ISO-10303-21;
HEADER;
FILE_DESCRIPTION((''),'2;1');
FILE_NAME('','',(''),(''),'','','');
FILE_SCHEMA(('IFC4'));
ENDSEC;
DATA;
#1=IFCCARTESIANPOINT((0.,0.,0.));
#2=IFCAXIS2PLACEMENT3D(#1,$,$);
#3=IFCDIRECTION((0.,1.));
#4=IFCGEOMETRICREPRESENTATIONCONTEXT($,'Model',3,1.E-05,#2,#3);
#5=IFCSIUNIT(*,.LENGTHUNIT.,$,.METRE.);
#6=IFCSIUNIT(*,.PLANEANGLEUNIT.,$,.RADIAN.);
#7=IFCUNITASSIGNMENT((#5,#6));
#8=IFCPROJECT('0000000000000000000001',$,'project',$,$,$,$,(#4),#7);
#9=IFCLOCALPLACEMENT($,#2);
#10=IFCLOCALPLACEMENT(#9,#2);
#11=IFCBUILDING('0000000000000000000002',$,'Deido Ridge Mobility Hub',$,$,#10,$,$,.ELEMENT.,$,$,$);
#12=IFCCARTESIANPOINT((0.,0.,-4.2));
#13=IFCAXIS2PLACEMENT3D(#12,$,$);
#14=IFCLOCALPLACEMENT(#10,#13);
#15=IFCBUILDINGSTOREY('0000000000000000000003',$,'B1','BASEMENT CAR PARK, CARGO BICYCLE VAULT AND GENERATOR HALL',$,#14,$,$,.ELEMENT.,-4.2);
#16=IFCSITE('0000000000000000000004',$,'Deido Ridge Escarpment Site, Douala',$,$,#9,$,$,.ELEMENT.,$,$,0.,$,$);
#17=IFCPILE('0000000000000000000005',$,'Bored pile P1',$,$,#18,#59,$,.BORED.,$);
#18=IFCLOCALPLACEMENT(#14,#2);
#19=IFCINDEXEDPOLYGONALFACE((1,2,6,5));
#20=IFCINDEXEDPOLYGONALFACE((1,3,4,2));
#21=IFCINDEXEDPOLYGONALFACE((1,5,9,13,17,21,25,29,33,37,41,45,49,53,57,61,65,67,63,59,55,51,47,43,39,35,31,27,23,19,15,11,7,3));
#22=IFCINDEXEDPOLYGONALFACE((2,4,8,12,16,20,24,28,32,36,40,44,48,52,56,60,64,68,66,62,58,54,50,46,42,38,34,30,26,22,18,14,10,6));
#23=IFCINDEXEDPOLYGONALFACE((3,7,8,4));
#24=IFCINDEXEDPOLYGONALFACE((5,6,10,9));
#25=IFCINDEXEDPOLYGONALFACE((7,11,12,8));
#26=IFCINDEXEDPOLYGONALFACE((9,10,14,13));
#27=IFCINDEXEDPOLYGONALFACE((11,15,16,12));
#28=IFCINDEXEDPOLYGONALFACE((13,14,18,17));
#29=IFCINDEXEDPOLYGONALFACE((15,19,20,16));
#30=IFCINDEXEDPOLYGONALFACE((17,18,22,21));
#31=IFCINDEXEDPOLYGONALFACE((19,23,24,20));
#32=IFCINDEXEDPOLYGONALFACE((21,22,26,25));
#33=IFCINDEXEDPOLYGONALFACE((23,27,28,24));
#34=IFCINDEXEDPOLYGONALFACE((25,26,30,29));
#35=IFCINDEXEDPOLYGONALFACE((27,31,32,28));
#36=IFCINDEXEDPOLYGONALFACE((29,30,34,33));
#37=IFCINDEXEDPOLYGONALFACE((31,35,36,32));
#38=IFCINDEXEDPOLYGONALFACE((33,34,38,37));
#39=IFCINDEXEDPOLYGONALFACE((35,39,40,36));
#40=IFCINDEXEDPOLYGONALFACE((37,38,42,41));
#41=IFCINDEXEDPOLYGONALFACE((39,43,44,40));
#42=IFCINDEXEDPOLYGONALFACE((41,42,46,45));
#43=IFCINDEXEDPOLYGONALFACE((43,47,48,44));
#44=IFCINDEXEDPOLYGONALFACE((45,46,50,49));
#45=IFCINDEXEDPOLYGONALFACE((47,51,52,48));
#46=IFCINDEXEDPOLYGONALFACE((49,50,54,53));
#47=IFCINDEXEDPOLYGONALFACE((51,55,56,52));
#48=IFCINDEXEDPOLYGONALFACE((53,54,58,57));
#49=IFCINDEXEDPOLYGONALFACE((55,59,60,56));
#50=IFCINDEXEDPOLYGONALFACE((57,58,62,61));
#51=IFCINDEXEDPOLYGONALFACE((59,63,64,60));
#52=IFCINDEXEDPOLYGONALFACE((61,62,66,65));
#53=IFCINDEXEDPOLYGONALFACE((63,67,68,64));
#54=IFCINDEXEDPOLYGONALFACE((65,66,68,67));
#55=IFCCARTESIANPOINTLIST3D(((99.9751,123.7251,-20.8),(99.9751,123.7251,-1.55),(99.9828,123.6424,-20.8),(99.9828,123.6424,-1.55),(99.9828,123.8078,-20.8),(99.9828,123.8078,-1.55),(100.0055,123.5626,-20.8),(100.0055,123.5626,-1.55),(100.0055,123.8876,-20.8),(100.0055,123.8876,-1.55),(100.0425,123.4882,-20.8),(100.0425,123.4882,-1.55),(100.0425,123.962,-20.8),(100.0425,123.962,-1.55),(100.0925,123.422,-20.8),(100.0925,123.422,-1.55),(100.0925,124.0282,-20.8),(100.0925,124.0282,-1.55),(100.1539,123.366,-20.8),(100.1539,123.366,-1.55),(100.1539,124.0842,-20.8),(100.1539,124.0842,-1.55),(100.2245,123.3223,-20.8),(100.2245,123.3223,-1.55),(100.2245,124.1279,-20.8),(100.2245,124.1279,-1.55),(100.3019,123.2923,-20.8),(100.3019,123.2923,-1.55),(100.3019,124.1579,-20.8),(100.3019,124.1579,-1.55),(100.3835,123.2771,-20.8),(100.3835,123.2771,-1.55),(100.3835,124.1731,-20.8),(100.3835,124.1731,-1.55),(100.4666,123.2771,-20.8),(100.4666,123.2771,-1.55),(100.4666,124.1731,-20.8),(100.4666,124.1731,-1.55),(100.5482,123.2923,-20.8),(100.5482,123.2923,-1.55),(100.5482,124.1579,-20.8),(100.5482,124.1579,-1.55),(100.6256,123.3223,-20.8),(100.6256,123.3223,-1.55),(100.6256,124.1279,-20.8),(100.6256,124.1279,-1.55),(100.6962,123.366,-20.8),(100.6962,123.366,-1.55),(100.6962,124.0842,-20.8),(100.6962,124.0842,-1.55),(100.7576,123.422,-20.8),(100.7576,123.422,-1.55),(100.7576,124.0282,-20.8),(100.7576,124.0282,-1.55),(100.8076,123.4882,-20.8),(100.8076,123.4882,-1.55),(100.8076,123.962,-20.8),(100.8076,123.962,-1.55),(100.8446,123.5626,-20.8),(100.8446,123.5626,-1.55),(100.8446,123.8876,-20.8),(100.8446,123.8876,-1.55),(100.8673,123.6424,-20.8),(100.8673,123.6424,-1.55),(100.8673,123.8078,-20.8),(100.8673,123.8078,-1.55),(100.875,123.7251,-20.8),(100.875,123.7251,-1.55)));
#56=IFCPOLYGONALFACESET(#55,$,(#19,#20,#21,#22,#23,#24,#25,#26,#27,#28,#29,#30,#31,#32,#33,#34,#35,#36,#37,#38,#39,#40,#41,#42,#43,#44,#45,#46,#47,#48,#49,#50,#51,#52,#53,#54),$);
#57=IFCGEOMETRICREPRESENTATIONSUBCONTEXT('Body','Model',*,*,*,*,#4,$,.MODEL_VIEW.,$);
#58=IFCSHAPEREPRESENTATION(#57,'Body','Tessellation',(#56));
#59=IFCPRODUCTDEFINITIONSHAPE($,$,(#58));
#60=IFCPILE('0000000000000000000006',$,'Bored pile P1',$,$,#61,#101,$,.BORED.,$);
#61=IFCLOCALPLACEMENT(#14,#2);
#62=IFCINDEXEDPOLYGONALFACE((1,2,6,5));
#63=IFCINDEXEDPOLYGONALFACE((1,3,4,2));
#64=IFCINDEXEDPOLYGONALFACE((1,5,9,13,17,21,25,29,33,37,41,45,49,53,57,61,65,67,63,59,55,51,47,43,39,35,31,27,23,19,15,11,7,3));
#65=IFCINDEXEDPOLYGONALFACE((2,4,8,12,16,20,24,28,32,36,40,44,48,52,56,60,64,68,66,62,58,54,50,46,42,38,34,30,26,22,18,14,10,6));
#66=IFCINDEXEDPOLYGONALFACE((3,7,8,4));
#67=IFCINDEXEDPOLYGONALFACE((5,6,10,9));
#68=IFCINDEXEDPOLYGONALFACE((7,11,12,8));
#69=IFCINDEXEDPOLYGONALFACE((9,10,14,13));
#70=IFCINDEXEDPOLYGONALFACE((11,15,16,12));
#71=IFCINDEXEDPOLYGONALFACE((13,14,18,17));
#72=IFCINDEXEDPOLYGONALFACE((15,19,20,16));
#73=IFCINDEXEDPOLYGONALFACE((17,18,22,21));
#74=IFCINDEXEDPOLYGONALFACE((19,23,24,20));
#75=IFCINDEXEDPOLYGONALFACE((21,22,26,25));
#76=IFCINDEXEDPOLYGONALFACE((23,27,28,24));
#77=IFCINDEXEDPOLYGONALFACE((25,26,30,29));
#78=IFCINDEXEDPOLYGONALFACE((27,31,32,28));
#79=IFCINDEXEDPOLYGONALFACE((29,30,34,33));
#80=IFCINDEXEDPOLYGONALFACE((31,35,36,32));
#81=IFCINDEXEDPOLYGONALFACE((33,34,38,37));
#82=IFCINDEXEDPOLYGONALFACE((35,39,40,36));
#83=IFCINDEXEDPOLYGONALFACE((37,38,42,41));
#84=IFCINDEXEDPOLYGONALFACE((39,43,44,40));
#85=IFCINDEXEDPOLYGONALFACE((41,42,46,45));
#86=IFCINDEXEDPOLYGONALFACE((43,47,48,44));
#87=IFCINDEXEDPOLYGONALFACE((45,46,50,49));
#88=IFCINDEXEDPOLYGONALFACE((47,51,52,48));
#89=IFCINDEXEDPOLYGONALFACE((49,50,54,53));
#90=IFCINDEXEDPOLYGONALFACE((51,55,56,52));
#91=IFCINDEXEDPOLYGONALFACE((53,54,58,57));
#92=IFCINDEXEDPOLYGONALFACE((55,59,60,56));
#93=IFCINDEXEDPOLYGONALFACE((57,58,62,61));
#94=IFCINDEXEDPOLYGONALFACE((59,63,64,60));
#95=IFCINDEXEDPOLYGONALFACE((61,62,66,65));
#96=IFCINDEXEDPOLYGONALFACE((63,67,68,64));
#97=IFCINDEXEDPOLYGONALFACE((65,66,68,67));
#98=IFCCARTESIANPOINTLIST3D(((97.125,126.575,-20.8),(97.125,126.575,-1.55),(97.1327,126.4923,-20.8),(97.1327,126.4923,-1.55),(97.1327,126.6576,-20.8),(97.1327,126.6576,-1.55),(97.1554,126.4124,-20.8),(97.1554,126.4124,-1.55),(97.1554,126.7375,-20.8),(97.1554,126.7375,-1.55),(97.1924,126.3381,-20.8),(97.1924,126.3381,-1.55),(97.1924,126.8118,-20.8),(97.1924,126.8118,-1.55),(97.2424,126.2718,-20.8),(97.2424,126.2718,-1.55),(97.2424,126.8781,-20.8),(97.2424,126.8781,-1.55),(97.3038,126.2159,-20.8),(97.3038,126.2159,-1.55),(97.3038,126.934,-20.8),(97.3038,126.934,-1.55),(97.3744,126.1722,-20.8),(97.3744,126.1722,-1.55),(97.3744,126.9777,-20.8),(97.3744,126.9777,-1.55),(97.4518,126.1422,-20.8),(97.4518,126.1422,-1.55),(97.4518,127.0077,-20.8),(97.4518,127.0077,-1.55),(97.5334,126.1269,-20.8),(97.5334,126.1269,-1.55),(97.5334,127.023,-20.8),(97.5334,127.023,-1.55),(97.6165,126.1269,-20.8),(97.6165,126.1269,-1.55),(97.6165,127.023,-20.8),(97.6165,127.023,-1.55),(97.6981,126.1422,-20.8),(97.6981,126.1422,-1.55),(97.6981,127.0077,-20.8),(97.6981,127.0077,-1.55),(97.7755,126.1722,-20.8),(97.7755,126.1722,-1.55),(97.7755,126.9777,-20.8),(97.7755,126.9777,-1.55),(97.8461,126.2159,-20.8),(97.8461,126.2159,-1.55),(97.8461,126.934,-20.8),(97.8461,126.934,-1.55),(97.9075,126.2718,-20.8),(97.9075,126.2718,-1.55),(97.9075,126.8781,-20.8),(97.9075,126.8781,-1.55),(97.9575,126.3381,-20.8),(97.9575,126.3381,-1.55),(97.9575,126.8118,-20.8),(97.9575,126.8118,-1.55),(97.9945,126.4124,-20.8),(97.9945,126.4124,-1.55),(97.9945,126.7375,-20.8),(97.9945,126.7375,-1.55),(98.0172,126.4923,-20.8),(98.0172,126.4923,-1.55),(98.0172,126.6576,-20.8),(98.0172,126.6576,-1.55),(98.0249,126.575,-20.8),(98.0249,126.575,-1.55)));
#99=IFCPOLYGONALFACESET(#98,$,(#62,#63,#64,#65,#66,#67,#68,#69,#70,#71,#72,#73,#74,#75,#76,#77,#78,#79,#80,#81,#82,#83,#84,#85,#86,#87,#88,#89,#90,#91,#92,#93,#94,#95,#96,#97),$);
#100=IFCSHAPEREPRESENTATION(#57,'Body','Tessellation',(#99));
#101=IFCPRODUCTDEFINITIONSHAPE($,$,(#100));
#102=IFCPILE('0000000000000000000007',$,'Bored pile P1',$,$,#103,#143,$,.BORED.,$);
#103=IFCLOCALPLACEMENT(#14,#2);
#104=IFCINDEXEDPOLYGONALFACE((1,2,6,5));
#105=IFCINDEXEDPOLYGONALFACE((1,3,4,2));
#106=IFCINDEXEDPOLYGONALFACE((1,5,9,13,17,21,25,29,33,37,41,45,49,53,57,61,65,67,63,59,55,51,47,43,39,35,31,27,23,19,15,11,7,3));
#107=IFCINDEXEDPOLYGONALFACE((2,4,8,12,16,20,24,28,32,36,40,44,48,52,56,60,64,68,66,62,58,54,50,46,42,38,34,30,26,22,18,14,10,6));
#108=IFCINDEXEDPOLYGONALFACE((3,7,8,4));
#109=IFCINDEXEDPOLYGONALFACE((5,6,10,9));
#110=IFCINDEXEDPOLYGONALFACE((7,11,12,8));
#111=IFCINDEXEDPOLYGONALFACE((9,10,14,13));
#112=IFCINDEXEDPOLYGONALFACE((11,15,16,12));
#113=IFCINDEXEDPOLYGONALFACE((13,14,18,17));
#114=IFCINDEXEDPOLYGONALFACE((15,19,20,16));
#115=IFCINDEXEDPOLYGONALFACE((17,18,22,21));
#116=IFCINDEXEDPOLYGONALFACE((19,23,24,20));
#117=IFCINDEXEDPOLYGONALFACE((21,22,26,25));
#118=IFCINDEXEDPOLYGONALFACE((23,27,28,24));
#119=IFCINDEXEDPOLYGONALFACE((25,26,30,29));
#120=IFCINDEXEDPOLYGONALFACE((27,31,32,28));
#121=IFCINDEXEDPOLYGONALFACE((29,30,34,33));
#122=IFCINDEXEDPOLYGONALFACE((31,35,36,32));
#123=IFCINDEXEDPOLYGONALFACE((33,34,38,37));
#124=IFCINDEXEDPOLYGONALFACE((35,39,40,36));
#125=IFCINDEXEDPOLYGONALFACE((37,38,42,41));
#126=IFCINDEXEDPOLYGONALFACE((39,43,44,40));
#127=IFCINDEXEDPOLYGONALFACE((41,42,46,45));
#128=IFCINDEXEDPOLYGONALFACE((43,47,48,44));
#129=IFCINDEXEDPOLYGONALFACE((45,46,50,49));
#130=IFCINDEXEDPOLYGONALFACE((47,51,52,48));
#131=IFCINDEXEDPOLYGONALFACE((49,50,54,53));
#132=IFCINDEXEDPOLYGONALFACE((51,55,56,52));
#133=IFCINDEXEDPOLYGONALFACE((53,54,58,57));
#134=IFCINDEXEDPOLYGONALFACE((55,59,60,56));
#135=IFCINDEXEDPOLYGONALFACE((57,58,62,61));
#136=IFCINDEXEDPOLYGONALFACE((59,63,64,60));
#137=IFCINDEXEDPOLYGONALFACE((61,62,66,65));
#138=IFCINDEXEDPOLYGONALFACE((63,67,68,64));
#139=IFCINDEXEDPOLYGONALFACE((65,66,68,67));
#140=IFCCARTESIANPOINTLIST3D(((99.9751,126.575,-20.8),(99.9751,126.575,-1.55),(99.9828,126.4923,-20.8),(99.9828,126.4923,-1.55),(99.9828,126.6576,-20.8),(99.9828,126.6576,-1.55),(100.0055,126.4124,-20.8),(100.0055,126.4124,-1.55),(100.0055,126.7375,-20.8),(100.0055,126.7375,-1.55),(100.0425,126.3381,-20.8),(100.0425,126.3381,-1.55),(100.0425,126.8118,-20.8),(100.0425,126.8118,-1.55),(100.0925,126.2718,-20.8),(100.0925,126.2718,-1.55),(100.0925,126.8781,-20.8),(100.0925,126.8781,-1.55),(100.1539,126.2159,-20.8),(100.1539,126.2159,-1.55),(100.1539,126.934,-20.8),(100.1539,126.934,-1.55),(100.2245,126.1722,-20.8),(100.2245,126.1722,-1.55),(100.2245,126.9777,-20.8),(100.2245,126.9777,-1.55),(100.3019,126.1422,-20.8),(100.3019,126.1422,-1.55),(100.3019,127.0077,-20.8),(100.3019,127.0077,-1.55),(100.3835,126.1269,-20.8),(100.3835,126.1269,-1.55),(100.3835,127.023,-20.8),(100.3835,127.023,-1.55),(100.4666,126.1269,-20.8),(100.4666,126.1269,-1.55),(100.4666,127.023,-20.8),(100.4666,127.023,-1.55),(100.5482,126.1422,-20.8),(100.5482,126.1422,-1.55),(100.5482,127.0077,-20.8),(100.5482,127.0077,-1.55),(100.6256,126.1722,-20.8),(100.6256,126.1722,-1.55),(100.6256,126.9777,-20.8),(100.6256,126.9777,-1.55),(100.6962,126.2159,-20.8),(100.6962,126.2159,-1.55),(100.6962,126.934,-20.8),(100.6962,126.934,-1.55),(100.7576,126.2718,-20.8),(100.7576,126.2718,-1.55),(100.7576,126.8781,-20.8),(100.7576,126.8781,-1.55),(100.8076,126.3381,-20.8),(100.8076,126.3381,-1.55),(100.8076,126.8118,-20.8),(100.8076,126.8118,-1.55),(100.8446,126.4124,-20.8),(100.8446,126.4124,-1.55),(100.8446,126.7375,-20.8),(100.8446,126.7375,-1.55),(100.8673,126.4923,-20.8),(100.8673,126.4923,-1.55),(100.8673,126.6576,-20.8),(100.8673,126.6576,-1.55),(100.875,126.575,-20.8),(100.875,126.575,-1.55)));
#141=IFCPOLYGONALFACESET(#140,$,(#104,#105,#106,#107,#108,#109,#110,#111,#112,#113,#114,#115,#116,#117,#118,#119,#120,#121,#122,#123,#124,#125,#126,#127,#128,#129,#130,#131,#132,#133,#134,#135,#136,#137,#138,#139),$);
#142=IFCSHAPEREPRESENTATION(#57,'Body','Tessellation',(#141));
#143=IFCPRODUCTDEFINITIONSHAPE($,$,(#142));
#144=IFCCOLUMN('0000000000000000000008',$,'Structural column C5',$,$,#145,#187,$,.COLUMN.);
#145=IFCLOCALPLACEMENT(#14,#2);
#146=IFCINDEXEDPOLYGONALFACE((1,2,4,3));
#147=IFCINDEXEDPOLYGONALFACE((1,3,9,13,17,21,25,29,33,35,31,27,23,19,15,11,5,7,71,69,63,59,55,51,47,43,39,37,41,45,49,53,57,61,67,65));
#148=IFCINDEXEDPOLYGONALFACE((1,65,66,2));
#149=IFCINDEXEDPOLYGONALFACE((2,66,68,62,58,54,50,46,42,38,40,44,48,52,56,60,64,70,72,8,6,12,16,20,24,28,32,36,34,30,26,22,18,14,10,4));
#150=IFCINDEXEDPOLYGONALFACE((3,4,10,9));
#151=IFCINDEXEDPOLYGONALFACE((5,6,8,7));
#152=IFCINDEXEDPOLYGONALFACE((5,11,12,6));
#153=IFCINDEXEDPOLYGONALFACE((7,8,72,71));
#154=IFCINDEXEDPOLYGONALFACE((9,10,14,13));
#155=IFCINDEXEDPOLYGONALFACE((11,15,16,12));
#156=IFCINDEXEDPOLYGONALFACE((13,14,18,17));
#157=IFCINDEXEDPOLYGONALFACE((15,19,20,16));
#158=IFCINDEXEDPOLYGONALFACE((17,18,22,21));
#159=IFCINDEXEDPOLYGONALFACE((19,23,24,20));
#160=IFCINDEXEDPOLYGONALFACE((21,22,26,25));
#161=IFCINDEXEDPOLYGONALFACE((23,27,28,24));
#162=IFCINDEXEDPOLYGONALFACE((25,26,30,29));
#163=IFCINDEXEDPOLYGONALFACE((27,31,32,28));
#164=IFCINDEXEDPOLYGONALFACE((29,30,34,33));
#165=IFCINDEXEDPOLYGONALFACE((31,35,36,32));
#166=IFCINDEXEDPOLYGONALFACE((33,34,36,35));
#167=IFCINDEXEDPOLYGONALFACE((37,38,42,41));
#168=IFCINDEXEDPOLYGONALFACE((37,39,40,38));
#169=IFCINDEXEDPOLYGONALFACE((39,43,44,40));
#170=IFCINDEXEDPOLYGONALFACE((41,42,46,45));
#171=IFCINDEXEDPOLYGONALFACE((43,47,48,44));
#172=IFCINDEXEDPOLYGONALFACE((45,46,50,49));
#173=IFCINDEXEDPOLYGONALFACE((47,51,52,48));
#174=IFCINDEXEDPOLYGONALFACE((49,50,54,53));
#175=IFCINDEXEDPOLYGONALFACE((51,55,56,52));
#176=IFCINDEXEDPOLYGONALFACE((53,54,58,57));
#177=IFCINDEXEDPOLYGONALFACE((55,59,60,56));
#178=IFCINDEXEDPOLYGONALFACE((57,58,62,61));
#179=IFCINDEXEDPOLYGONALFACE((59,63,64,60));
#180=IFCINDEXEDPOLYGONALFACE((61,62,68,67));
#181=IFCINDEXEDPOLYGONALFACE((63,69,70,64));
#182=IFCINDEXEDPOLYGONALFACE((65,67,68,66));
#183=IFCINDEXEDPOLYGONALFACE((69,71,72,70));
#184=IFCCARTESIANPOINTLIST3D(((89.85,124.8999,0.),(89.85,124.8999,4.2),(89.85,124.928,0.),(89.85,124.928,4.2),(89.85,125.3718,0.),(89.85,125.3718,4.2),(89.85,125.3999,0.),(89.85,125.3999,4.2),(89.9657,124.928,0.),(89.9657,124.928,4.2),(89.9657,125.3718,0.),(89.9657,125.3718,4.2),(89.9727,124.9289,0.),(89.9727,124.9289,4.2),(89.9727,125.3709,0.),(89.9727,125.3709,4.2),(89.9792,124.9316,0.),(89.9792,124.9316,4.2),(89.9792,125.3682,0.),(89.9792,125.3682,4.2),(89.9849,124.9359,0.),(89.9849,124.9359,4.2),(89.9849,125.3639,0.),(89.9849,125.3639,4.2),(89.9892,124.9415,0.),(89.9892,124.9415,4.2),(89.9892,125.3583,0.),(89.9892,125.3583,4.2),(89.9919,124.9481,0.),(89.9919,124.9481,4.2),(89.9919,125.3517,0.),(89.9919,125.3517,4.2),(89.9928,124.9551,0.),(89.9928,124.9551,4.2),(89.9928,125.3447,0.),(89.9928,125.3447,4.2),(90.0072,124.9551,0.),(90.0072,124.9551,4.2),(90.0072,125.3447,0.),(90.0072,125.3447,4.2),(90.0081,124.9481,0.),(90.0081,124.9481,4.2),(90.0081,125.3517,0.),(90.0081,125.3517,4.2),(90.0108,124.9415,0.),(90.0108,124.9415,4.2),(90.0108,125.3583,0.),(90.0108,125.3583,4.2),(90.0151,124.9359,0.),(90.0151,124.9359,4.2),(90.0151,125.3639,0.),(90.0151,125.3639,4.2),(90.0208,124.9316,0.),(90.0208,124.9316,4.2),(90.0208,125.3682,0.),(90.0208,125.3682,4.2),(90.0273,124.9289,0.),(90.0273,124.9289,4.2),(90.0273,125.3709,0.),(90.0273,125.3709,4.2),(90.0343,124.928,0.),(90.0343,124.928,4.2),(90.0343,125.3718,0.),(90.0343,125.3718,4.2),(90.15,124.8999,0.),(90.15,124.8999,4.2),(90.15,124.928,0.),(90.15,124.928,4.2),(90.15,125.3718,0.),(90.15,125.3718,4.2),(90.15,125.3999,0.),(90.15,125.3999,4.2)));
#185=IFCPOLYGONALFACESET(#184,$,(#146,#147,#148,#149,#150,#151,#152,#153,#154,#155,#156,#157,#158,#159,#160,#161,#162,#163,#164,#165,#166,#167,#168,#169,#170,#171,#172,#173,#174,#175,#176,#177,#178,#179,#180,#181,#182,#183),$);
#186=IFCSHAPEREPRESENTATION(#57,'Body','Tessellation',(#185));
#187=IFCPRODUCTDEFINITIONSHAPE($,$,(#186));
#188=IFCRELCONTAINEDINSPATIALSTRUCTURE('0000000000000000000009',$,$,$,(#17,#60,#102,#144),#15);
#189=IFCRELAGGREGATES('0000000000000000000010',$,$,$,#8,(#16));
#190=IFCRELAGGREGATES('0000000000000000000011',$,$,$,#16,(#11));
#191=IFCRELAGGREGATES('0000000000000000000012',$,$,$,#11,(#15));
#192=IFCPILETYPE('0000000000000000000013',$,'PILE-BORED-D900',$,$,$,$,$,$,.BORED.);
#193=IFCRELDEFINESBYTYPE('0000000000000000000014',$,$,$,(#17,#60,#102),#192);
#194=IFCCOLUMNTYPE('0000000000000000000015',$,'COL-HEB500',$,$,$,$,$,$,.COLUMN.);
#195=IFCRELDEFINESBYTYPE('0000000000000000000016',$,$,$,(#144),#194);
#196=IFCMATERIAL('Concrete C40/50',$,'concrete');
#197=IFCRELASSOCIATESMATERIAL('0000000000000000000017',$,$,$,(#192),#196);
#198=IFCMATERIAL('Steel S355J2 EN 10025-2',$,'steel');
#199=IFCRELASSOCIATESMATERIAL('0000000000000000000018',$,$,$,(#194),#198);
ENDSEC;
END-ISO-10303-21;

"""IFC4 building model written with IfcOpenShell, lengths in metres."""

from ifc_helpers import new_model, si_unit, direction, frame, origin, origin_2d, place, context, subcontext, project, spatial, circle, i_section, extrude, material, material_profile, profile_set, type_object, element, save


model = new_model("IFC4")

# Units and contexts
model_context = context("Model", 3, precision=1e-05, world=origin(), true_north=direction((0.0, 1.0)))
body_context = subcontext(model_context, "Body", "Model", "MODEL_VIEW")
ifc_project = project(units=[si_unit("LENGTHUNIT", "METRE"), si_unit("PLANEANGLEUNIT", "RADIAN")], contexts=[model_context])

# Site, building, storey
site_placement = place(None, origin())
site = spatial("IfcSite", under=ifc_project, at=site_placement, Name="Deido Ridge Escarpment Site, Douala", CompositionType="ELEMENT", RefElevation=0.0)
building_placement = place(site_placement, origin())
building = spatial("IfcBuilding", under=site, at=building_placement, Name="Deido Ridge Mobility Hub", CompositionType="ELEMENT")
storey_placement = place(building_placement, frame((0.0, 0.0, -4.2)))
storey = spatial("IfcBuildingStorey", under=building, at=storey_placement, Name="B1", Description="BASEMENT CAR PARK, CARGO BICYCLE VAULT AND GENERATOR HALL", CompositionType="ELEMENT", Elevation=-4.2)

# Shared definitions
ifc_material_1 = material(Name="Concrete C40/50", Category="concrete")

# Piles
ifc_material_profile_1 = material_profile(ifc_material_1, circle(Radius=0.45, at=origin_2d()), Name="BORED PILE D900")
ifc_profile_set_1 = profile_set([ifc_material_profile_1], Name="Concrete C40/50")
pile_type_1 = type_object("IfcPileType", Name="PILE-BORED-D900", PredefinedType="BORED", material=ifc_profile_set_1)
for number, where, z_axis, x_axis, name in (
    (1, (100.425, 123.7251, -1.55), (0.0, 0.0, -1.0), (1.0, 0.0, 0.0), "Bored pile P1"),
    (2, (97.575, 126.575, -1.55), (0.0, 0.0, -1.0), (1.0, 0.0, 0.0), "Bored pile P1"),
    (3, (100.425, 126.575, -1.55), (0.0, 0.0, -1.0), (1.0, 0.0, 0.0), "Bored pile P1"),
):
    element("IfcPile", number, at=place(storey_placement, frame(where, z_axis=z_axis, x_axis=x_axis)), inside=storey, type_object=pile_type_1, Name=name, PredefinedType="BORED", context=body_context, shape_type="SweptSolid", body=[
        extrude(circle(Radius=0.45, at=origin_2d()), origin(), (0.0, 0.0, 1.0), 19.25),
    ])

# Column
ifc_material_2 = material(Name="Steel S355J2 EN 10025-2", Category="steel")
ifc_material_profile_2 = material_profile(ifc_material_2, i_section(OverallWidth=0.3, OverallDepth=0.5, WebThickness=0.0144, FlangeThickness=0.0281, FilletRadius=0.0271, at=origin_2d()), Name="HEB 500")
ifc_profile_set_2 = profile_set([ifc_material_profile_2], Name="Steel S355J2 EN 10025-2")
column_type_1 = type_object("IfcColumnType", Name="COL-HEB500", PredefinedType="COLUMN", material=ifc_profile_set_2)
for number, where, z_axis, x_axis, name in (
    (4, (90.0, 125.1499, 0.0), (0.0, 0.0, 1.0), (1.0, 0.0, 0.0), "Structural column C5"),
):
    element("IfcColumn", number, at=place(storey_placement, frame(where, z_axis=z_axis, x_axis=x_axis)), inside=storey, type_object=column_type_1, Name=name, PredefinedType="COLUMN", context=body_context, shape_type="SweptSolid", body=[
        extrude(i_section(OverallWidth=0.3, OverallDepth=0.5, WebThickness=0.0144, FlangeThickness=0.0281, FilletRadius=0.0271, at=origin_2d()), origin(), (0.0, 0.0, 1.0), 4.2),
    ])

save(model, "model.ifc")
